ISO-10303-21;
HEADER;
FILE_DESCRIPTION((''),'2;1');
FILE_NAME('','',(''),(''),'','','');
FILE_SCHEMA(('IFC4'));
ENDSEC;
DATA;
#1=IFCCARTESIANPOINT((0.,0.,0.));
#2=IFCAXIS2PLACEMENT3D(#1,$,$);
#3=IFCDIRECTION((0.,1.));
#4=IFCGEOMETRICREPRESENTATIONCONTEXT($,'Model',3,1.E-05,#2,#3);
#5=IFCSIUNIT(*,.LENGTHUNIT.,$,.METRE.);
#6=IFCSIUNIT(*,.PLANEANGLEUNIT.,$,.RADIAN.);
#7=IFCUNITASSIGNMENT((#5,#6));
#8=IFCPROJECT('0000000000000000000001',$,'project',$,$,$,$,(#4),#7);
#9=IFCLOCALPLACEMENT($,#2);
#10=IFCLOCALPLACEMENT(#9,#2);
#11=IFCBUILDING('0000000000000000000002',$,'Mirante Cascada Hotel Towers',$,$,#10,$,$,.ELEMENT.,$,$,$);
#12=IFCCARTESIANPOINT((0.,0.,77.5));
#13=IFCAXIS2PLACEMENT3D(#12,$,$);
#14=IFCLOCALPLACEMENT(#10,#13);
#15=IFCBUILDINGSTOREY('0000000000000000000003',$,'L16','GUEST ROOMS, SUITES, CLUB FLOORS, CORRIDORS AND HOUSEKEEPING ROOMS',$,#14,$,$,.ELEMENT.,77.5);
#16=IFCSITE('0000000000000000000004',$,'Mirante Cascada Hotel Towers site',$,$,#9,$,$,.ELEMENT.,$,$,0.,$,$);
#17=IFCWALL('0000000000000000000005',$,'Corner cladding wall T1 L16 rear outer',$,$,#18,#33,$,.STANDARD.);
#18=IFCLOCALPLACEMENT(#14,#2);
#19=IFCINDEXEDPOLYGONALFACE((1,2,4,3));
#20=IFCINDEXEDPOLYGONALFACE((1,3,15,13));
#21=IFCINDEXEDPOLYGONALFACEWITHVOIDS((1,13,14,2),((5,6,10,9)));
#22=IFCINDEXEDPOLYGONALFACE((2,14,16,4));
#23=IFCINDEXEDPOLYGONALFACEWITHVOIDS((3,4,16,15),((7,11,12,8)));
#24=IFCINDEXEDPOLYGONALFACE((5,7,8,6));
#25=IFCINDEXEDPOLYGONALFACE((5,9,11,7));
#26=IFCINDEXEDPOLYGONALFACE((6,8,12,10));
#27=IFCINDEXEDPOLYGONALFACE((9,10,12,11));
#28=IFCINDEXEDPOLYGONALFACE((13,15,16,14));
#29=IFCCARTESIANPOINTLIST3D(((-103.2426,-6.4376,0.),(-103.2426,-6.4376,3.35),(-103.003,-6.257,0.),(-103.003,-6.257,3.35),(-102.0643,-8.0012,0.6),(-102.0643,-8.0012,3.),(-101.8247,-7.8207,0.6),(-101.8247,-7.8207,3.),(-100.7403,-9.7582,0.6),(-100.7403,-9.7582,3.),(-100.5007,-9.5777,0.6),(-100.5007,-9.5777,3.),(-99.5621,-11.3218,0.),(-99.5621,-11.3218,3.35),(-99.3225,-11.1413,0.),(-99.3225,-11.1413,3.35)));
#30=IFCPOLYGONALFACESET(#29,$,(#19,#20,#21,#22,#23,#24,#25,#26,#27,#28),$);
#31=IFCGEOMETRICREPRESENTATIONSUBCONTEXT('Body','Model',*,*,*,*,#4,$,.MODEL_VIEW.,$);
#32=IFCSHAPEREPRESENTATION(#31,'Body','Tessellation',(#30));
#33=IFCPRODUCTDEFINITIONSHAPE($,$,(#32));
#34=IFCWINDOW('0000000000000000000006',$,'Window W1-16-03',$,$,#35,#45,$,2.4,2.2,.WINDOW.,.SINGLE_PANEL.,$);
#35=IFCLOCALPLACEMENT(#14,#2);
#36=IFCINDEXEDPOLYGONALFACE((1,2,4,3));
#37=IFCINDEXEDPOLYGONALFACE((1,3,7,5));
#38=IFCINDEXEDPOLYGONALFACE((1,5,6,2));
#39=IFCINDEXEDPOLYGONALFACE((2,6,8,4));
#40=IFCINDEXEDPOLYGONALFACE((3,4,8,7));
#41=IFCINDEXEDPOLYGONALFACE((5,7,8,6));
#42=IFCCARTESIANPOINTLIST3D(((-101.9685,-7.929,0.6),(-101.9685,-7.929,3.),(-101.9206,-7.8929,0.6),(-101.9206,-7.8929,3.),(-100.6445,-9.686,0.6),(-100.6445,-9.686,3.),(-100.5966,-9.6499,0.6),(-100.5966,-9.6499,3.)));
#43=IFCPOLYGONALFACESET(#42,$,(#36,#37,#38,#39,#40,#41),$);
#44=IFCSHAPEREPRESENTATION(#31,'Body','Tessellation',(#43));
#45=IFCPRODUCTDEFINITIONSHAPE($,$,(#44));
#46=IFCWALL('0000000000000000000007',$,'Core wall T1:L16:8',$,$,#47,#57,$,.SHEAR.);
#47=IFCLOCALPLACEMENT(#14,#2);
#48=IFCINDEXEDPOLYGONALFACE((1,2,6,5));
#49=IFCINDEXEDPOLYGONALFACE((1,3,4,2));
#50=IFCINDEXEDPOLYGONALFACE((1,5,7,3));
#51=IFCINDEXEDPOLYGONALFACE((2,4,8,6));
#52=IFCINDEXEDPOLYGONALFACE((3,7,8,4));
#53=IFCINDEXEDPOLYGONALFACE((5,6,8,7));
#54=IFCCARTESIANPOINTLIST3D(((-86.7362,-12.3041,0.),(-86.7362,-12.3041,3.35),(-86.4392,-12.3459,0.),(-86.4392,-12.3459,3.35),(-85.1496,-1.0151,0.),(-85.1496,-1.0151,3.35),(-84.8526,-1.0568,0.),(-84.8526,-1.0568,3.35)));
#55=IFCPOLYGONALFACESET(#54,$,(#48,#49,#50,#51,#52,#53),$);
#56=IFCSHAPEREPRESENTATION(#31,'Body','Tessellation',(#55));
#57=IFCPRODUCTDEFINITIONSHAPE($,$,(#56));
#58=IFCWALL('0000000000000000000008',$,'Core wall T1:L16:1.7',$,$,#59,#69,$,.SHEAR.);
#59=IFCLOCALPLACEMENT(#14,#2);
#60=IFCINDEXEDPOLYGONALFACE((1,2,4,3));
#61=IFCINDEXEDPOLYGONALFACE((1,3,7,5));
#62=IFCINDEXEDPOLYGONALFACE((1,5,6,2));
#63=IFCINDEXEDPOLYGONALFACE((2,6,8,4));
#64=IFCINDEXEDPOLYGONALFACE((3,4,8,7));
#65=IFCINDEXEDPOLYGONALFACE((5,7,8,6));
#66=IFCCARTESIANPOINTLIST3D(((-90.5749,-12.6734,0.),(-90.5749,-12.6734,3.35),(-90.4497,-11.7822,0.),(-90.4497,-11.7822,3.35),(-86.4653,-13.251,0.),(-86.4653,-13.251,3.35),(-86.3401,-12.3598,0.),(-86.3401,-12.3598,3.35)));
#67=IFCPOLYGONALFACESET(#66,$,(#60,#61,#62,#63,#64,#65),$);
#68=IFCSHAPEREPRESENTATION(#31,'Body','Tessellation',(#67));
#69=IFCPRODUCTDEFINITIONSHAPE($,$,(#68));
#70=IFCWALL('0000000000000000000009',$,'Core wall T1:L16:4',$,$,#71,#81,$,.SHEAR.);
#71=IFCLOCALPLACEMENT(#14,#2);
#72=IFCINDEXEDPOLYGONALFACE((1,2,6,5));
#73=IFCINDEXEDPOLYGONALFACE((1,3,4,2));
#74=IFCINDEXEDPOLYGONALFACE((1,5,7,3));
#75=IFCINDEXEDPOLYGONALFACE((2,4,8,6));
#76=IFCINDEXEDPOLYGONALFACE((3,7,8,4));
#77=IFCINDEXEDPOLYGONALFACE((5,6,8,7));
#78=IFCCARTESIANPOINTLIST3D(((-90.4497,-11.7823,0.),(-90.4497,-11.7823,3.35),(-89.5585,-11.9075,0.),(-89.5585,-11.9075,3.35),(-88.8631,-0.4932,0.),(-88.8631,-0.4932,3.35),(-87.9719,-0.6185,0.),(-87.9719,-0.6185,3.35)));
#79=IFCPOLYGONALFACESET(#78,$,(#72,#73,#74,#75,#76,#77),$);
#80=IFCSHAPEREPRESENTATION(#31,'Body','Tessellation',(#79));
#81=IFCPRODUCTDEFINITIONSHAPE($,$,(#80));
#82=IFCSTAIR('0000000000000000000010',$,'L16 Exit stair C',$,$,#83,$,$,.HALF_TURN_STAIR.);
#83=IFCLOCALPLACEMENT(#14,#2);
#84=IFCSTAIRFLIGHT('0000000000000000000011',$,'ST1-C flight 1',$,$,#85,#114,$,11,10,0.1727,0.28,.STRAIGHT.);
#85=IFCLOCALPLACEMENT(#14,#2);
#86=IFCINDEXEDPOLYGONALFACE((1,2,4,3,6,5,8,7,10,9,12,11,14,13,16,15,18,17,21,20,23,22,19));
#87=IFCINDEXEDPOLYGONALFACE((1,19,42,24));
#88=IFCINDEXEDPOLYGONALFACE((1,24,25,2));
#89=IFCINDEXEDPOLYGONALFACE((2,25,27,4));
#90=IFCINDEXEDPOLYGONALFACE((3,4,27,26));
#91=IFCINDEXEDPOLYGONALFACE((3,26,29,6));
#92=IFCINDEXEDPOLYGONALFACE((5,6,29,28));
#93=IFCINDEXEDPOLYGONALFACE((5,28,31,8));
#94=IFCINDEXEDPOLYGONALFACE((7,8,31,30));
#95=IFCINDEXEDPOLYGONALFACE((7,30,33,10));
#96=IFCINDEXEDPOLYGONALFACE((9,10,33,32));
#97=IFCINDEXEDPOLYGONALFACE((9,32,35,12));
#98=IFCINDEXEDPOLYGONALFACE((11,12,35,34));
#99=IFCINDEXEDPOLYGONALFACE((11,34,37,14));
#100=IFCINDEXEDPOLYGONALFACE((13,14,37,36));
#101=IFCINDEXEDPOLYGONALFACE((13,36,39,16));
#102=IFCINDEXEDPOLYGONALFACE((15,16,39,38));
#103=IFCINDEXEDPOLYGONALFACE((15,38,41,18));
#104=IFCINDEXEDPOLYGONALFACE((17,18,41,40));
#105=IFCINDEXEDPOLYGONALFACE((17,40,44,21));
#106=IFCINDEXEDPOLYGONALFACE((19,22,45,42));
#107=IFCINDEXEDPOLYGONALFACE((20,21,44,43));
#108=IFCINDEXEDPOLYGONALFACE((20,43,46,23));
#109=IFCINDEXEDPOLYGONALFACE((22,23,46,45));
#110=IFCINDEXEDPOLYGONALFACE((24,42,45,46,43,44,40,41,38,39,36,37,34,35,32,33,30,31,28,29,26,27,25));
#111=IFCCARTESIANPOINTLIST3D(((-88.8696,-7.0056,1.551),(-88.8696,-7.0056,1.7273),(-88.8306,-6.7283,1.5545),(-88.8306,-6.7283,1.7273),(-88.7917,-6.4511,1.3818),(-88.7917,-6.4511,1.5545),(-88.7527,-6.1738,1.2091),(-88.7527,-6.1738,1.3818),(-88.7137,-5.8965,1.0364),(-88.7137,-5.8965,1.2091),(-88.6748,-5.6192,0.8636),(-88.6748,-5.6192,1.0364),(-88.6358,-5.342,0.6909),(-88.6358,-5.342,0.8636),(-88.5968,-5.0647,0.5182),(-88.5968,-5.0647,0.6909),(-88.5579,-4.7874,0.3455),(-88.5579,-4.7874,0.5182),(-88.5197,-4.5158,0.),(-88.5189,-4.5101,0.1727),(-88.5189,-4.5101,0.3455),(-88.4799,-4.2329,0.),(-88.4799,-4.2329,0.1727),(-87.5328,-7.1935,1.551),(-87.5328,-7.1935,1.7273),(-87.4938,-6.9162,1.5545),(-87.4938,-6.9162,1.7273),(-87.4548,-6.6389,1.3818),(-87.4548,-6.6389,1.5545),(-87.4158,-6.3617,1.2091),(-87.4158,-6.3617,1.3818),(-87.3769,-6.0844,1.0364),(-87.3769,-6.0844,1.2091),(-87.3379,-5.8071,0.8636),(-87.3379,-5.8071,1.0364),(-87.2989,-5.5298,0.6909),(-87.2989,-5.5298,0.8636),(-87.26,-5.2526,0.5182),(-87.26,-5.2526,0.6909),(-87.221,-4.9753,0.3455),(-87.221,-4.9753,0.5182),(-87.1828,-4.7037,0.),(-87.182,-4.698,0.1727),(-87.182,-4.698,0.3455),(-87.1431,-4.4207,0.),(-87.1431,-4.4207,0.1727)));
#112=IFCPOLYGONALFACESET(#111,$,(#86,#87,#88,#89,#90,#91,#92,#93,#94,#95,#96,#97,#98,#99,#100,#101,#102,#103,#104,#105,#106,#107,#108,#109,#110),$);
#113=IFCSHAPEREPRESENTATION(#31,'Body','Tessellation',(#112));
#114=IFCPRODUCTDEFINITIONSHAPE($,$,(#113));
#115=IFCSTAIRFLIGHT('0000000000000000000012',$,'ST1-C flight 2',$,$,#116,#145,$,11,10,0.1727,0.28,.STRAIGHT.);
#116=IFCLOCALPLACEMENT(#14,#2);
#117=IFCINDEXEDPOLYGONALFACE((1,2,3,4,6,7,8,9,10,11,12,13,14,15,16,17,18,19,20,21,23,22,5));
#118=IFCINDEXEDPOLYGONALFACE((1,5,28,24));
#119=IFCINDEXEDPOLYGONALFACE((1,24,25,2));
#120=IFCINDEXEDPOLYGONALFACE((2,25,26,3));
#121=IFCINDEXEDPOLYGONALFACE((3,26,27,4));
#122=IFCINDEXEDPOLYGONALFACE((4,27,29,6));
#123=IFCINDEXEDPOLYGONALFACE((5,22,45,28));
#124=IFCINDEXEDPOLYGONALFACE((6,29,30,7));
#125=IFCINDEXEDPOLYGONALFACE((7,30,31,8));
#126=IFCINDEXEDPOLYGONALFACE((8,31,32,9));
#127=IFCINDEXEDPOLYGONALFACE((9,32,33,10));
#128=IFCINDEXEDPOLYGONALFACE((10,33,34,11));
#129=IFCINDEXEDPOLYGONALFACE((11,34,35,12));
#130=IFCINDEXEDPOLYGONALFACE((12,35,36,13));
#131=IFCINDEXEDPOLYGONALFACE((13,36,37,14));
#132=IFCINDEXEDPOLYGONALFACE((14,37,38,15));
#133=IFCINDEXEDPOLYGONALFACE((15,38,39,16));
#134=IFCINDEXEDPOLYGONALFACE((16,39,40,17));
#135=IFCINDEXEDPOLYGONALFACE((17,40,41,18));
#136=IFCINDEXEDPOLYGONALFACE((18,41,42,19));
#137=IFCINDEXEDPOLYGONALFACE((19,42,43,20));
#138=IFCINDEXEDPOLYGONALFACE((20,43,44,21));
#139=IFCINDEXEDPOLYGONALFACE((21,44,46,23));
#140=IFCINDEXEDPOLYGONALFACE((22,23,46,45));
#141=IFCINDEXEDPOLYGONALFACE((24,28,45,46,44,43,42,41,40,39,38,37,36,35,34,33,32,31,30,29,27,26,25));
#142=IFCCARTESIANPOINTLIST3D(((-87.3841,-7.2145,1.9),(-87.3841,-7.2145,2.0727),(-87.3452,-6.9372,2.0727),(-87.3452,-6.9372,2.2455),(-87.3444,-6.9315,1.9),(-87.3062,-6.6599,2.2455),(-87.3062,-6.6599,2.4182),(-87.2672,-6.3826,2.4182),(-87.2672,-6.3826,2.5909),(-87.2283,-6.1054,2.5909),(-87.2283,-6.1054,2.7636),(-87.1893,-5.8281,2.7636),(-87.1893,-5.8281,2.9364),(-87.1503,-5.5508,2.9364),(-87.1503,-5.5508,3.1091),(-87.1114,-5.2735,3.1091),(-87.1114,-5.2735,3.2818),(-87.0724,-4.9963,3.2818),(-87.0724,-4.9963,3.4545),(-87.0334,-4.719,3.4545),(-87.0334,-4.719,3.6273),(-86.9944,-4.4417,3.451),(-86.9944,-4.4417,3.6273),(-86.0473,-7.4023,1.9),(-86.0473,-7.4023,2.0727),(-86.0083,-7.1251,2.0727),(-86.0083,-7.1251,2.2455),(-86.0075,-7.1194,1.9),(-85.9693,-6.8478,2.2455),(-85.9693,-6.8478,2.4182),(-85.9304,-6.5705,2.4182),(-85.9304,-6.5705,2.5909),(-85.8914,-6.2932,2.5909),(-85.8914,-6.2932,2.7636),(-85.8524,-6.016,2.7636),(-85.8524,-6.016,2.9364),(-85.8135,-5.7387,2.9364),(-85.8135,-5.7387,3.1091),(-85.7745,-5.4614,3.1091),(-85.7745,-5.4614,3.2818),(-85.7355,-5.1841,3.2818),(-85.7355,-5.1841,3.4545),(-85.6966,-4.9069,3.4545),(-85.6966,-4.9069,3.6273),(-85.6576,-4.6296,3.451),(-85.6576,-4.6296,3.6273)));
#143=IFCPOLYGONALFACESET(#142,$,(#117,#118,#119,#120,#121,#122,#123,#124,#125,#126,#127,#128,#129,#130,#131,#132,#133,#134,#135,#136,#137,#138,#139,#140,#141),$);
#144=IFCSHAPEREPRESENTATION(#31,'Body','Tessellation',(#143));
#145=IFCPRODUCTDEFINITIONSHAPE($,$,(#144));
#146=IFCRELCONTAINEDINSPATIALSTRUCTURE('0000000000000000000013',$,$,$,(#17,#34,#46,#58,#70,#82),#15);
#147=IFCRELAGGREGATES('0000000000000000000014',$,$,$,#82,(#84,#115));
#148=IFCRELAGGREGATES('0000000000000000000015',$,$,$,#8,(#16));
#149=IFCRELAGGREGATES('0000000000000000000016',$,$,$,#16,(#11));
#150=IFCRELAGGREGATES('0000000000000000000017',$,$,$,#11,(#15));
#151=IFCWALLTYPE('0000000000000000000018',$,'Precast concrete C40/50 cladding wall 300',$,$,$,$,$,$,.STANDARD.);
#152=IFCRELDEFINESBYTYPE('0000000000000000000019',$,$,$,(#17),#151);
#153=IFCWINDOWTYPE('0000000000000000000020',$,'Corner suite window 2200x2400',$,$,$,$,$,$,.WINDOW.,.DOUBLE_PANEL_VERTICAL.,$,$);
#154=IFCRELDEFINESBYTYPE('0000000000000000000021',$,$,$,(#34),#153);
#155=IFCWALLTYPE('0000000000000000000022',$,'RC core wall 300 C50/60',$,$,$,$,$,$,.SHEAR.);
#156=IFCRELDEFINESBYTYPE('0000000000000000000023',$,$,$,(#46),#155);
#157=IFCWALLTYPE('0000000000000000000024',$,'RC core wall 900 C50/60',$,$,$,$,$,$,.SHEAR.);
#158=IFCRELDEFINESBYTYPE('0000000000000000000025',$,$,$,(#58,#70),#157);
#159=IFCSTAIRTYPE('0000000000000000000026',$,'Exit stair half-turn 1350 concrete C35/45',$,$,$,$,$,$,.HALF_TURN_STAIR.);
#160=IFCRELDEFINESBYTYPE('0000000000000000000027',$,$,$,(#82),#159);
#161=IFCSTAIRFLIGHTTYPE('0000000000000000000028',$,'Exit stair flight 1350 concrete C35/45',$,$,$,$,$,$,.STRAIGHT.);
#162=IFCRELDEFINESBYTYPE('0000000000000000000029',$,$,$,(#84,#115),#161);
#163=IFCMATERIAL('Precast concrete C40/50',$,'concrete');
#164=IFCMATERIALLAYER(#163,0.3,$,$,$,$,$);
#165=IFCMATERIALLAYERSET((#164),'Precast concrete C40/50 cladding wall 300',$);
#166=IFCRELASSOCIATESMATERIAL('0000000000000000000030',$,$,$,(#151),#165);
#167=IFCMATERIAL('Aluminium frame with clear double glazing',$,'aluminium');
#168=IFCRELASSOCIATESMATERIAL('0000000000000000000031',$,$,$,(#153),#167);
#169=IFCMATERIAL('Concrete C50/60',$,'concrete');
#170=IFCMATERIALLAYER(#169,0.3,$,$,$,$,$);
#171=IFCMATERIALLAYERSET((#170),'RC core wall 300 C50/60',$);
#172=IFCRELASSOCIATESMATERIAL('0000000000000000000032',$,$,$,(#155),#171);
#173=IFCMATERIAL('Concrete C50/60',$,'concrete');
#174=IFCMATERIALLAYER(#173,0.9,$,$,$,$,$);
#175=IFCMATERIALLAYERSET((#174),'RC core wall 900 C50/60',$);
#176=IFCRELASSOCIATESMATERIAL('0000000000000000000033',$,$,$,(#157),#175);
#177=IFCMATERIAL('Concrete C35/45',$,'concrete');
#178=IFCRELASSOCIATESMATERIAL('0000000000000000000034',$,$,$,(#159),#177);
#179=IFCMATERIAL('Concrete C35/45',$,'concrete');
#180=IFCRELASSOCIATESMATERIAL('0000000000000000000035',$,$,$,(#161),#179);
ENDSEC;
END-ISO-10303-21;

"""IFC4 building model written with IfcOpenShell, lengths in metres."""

from ifc_helpers import new_model, si_unit, direction, frame, frame_2d, origin, place, context, subcontext, project, spatial, polyline, rectangle, outline, extrude, material, layer, layer_set, type_object, element, fill, aggregate, save


model = new_model("IFC4")

# Units and contexts
model_context = context("Model", 3, precision=1e-05, world=origin(), true_north=direction((0.0, 1.0)))
body_context = subcontext(model_context, "Body", "Model", "MODEL_VIEW")
ifc_project = project(units=[si_unit("LENGTHUNIT", "METRE"), si_unit("PLANEANGLEUNIT", "RADIAN")], contexts=[model_context])

# Site, building, storey
site_placement = place(None, origin())
site = spatial("IfcSite", under=ifc_project, at=site_placement, Name="Mirante Cascada Hotel Towers site", CompositionType="ELEMENT", RefElevation=0.0)
building_placement = place(site_placement, origin())
building = spatial("IfcBuilding", under=site, at=building_placement, Name="Mirante Cascada Hotel Towers", CompositionType="ELEMENT")
storey_placement = place(building_placement, frame((0.0, 0.0, 77.5)))
storey = spatial("IfcBuildingStorey", under=building, at=storey_placement, Name="L16", Description="GUEST ROOMS, SUITES, CLUB FLOORS, CORRIDORS AND HOUSEKEEPING ROOMS", CompositionType="ELEMENT", Elevation=77.5)

# Shared definitions
ifc_material_1 = material(Name="Precast concrete C40/50", Category="concrete")
ifc_layer_1 = layer(ifc_material_1, 0.3)
ifc_layer_set_1 = layer_set([ifc_layer_1], Name="Precast concrete C40/50 cladding wall 300")
wall_type_1 = type_object("IfcWallType", Name="Precast concrete C40/50 cladding wall 300", PredefinedType="STANDARD", material=ifc_layer_set_1)

# Wall, opening, window
wall_1_placement = place(storey_placement, frame((-99.4423, -11.2315, 0.0), z_axis=(0.0, 0.0, 1.0), x_axis=(-0.601814, 0.798636, 0.0)))
wall_1 = element("IfcWall", 1, at=wall_1_placement, inside=storey, type_object=wall_type_1, Name="Corner cladding wall T1 L16 rear outer", PredefinedType="STANDARD", context=body_context, shape_type="SweptSolid", body=[
    extrude(rectangle(XDim=6.1157, YDim=0.3, at=frame_2d((3.0578, 0.0))), origin(), (0.0, 0.0, 1.0), 3.35),
])
opening_1_placement = place(wall_1_placement, frame((1.9578, 0.0, 0.6)))
opening_1 = element("IfcOpeningElement", 2, at=opening_1_placement, cuts=wall_1, PredefinedType="OPENING", context=body_context, shape_type="SweptSolid", body=[
    extrude(rectangle(XDim=2.2, YDim=2.4, at=frame_2d((1.1, 1.2))), frame((0.0, 0.15, 0.0), z_axis=(0.0, -1.0, 0.0), x_axis=(1.0, 0.0, 0.0)), (0.0, 0.0, 1.0), 0.3),
])
ifc_material_2 = material(Name="Aluminium frame with clear double glazing", Category="aluminium")
window_type_1 = type_object("IfcWindowType", Name="Corner suite window 2200x2400", PartitioningType="DOUBLE_PANEL_VERTICAL", PredefinedType="WINDOW", material=ifc_material_2)
window_1_placement = place(opening_1_placement, origin())
window_1 = element("IfcWindow", 3, at=window_1_placement, inside=storey, type_object=window_type_1, Name="Window W1-16-03", OverallHeight=2.4, OverallWidth=2.2, PartitioningType="SINGLE_PANEL", PredefinedType="WINDOW", context=body_context, shape_type="SweptSolid", body=[
    extrude(rectangle(XDim=2.2, YDim=2.4, at=frame_2d((1.1, 1.2))), frame((0.0, 0.03, 0.0), z_axis=(0.0, -1.0, 0.0), x_axis=(1.0, 0.0, 0.0)), (0.0, 0.0, 1.0), 0.06),
])
fill(opening_1, window_1)

# Walls
ifc_material_3 = material(Name="Concrete C50/60", Category="concrete")
ifc_layer_2 = layer(ifc_material_3, 0.3)
ifc_layer_set_2 = layer_set([ifc_layer_2], Name="RC core wall 300 C50/60")
wall_type_2 = type_object("IfcWallType", Name="RC core wall 300 C50/60", PredefinedType="SHEAR", material=ifc_layer_set_2)
wall_2_placement = place(storey_placement, frame((-86.5877, -12.325, 0.0), z_axis=(0.0, 0.0, 1.0), x_axis=(0.139175, 0.990268, 0.0)))
element("IfcWall", 4, at=wall_2_placement, inside=storey, type_object=wall_type_2, Name="Core wall T1:L16:8", PredefinedType="SHEAR", context=body_context, shape_type="SweptSolid", body=[
    extrude(rectangle(XDim=11.4, YDim=0.3, at=frame_2d((5.7, 0.0))), origin(), (0.0, 0.0, 1.0), 3.35),
])
ifc_material_4 = material(Name="Concrete C50/60", Category="concrete")
ifc_layer_3 = layer(ifc_material_4, 0.9)
ifc_layer_set_3 = layer_set([ifc_layer_3], Name="RC core wall 900 C50/60")
wall_type_3 = type_object("IfcWallType", Name="RC core wall 900 C50/60", PredefinedType="SHEAR", material=ifc_layer_set_3)
wall_3_placement = place(storey_placement, frame((-86.4027, -12.8054, 0.0), z_axis=(0.0, 0.0, 1.0), x_axis=(-0.990267, 0.139181, 0.0)))
element("IfcWall", 5, at=wall_3_placement, inside=storey, type_object=wall_type_3, Name="Core wall T1:L16:1.7", PredefinedType="SHEAR", context=body_context, shape_type="SweptSolid", body=[
    extrude(rectangle(XDim=4.15, YDim=0.9, at=frame_2d((2.075, 0.0))), origin(), (0.0, 0.0, 1.0), 3.35),
])
wall_4_placement = place(storey_placement, frame((-90.0041, -11.8449, 0.0), z_axis=(0.0, 0.0, 1.0), x_axis=(0.139175, 0.990268, 0.0)))
element("IfcWall", 6, at=wall_4_placement, inside=storey, type_object=wall_type_3, Name="Core wall T1:L16:4", PredefinedType="SHEAR", context=body_context, shape_type="SweptSolid", body=[
    extrude(rectangle(XDim=11.4, YDim=0.9, at=frame_2d((5.7, 0.0))), origin(), (0.0, 0.0, 1.0), 3.35),
])

# Stair, stair flights
ifc_material_5 = material(Name="Concrete C35/45", Category="concrete")
stair_type = type_object("IfcStairType", Name="Exit stair half-turn 1350 concrete C35/45", PredefinedType="HALF_TURN_STAIR", material=ifc_material_5)
stair_placement = place(storey_placement, origin())
stair = element("IfcStair", 7, at=stair_placement, inside=storey, type_object=stair_type, Name="L16 Exit stair C", PredefinedType="HALF_TURN_STAIR")
ifc_material_6 = material(Name="Concrete C35/45", Category="concrete")
stair_flight_type = type_object("IfcStairFlightType", Name="Exit stair flight 1350 concrete C35/45", PredefinedType="STRAIGHT", material=ifc_material_6)
stair_flight_1_placement = place(storey_placement, frame((-87.8115, -4.3268, 0.0), z_axis=(0.0, 0.0, 1.0), x_axis=(-0.139173, -0.990268, 0.0)))
stair_flight_1 = element("IfcStairFlight", 8, at=stair_flight_1_placement, type_object=stair_flight_type, Name="ST1-C flight 1", NumberOfRisers=11, NumberOfTreads=10, PredefinedType="STRAIGHT", RiserHeight=0.1727, TreadLength=0.28, context=body_context, shape_type="SweptSolid", body=[
    extrude(outline(polyline([(0.0, 0.0), (0.0, 0.1727), (0.28, 0.1727), (0.28, 0.3455), (0.56, 0.3455), (0.56, 0.5182), (0.84, 0.5182), (0.84, 0.6909), (1.12, 0.6909), (1.12, 0.8636), (1.4, 0.8636), (1.4, 1.0364), (1.68, 1.0364), (1.68, 1.2091), (1.96, 1.2091), (1.96, 1.3818), (2.24, 1.3818), (2.24, 1.5545), (2.52, 1.5545), (2.52, 1.7273), (2.8, 1.7273), (2.8, 1.9), (2.8, 1.551), (0.2857, 0.0), (0.0, 0.0)])), frame((0.0, 0.675, 0.0), z_axis=(0.0, -1.0, 0.0), x_axis=(1.0, 0.0, 0.0)), (0.0, 0.0, 1.0), 1.35),
])
stair_flight_2_placement = place(storey_placement, frame((-86.7157, -7.3084, 1.9), z_axis=(0.0, 0.0, 1.0), x_axis=(0.139173, 0.990268, 0.0)))
stair_flight_2 = element("IfcStairFlight", 9, at=stair_flight_2_placement, type_object=stair_flight_type, Name="ST1-C flight 2", NumberOfRisers=11, NumberOfTreads=10, PredefinedType="STRAIGHT", RiserHeight=0.1727, TreadLength=0.28, context=body_context, shape_type="SweptSolid", body=[
    extrude(outline(polyline([(0.0, 0.0), (0.0, 0.1727), (0.28, 0.1727), (0.28, 0.3455), (0.56, 0.3455), (0.56, 0.5182), (0.84, 0.5182), (0.84, 0.6909), (1.12, 0.6909), (1.12, 0.8636), (1.4, 0.8636), (1.4, 1.0364), (1.68, 1.0364), (1.68, 1.2091), (1.96, 1.2091), (1.96, 1.3818), (2.24, 1.3818), (2.24, 1.5545), (2.52, 1.5545), (2.52, 1.7273), (2.8, 1.7273), (2.8, 1.9), (2.8, 1.551), (0.2857, 0.0), (0.0, 0.0)])), frame((0.0, 0.675, 0.0), z_axis=(0.0, -1.0, 0.0), x_axis=(1.0, 0.0, 0.0)), (0.0, 0.0, 1.0), 1.35),
])
aggregate(stair, [stair_flight_1, stair_flight_2])

save(model, "model.ifc")
